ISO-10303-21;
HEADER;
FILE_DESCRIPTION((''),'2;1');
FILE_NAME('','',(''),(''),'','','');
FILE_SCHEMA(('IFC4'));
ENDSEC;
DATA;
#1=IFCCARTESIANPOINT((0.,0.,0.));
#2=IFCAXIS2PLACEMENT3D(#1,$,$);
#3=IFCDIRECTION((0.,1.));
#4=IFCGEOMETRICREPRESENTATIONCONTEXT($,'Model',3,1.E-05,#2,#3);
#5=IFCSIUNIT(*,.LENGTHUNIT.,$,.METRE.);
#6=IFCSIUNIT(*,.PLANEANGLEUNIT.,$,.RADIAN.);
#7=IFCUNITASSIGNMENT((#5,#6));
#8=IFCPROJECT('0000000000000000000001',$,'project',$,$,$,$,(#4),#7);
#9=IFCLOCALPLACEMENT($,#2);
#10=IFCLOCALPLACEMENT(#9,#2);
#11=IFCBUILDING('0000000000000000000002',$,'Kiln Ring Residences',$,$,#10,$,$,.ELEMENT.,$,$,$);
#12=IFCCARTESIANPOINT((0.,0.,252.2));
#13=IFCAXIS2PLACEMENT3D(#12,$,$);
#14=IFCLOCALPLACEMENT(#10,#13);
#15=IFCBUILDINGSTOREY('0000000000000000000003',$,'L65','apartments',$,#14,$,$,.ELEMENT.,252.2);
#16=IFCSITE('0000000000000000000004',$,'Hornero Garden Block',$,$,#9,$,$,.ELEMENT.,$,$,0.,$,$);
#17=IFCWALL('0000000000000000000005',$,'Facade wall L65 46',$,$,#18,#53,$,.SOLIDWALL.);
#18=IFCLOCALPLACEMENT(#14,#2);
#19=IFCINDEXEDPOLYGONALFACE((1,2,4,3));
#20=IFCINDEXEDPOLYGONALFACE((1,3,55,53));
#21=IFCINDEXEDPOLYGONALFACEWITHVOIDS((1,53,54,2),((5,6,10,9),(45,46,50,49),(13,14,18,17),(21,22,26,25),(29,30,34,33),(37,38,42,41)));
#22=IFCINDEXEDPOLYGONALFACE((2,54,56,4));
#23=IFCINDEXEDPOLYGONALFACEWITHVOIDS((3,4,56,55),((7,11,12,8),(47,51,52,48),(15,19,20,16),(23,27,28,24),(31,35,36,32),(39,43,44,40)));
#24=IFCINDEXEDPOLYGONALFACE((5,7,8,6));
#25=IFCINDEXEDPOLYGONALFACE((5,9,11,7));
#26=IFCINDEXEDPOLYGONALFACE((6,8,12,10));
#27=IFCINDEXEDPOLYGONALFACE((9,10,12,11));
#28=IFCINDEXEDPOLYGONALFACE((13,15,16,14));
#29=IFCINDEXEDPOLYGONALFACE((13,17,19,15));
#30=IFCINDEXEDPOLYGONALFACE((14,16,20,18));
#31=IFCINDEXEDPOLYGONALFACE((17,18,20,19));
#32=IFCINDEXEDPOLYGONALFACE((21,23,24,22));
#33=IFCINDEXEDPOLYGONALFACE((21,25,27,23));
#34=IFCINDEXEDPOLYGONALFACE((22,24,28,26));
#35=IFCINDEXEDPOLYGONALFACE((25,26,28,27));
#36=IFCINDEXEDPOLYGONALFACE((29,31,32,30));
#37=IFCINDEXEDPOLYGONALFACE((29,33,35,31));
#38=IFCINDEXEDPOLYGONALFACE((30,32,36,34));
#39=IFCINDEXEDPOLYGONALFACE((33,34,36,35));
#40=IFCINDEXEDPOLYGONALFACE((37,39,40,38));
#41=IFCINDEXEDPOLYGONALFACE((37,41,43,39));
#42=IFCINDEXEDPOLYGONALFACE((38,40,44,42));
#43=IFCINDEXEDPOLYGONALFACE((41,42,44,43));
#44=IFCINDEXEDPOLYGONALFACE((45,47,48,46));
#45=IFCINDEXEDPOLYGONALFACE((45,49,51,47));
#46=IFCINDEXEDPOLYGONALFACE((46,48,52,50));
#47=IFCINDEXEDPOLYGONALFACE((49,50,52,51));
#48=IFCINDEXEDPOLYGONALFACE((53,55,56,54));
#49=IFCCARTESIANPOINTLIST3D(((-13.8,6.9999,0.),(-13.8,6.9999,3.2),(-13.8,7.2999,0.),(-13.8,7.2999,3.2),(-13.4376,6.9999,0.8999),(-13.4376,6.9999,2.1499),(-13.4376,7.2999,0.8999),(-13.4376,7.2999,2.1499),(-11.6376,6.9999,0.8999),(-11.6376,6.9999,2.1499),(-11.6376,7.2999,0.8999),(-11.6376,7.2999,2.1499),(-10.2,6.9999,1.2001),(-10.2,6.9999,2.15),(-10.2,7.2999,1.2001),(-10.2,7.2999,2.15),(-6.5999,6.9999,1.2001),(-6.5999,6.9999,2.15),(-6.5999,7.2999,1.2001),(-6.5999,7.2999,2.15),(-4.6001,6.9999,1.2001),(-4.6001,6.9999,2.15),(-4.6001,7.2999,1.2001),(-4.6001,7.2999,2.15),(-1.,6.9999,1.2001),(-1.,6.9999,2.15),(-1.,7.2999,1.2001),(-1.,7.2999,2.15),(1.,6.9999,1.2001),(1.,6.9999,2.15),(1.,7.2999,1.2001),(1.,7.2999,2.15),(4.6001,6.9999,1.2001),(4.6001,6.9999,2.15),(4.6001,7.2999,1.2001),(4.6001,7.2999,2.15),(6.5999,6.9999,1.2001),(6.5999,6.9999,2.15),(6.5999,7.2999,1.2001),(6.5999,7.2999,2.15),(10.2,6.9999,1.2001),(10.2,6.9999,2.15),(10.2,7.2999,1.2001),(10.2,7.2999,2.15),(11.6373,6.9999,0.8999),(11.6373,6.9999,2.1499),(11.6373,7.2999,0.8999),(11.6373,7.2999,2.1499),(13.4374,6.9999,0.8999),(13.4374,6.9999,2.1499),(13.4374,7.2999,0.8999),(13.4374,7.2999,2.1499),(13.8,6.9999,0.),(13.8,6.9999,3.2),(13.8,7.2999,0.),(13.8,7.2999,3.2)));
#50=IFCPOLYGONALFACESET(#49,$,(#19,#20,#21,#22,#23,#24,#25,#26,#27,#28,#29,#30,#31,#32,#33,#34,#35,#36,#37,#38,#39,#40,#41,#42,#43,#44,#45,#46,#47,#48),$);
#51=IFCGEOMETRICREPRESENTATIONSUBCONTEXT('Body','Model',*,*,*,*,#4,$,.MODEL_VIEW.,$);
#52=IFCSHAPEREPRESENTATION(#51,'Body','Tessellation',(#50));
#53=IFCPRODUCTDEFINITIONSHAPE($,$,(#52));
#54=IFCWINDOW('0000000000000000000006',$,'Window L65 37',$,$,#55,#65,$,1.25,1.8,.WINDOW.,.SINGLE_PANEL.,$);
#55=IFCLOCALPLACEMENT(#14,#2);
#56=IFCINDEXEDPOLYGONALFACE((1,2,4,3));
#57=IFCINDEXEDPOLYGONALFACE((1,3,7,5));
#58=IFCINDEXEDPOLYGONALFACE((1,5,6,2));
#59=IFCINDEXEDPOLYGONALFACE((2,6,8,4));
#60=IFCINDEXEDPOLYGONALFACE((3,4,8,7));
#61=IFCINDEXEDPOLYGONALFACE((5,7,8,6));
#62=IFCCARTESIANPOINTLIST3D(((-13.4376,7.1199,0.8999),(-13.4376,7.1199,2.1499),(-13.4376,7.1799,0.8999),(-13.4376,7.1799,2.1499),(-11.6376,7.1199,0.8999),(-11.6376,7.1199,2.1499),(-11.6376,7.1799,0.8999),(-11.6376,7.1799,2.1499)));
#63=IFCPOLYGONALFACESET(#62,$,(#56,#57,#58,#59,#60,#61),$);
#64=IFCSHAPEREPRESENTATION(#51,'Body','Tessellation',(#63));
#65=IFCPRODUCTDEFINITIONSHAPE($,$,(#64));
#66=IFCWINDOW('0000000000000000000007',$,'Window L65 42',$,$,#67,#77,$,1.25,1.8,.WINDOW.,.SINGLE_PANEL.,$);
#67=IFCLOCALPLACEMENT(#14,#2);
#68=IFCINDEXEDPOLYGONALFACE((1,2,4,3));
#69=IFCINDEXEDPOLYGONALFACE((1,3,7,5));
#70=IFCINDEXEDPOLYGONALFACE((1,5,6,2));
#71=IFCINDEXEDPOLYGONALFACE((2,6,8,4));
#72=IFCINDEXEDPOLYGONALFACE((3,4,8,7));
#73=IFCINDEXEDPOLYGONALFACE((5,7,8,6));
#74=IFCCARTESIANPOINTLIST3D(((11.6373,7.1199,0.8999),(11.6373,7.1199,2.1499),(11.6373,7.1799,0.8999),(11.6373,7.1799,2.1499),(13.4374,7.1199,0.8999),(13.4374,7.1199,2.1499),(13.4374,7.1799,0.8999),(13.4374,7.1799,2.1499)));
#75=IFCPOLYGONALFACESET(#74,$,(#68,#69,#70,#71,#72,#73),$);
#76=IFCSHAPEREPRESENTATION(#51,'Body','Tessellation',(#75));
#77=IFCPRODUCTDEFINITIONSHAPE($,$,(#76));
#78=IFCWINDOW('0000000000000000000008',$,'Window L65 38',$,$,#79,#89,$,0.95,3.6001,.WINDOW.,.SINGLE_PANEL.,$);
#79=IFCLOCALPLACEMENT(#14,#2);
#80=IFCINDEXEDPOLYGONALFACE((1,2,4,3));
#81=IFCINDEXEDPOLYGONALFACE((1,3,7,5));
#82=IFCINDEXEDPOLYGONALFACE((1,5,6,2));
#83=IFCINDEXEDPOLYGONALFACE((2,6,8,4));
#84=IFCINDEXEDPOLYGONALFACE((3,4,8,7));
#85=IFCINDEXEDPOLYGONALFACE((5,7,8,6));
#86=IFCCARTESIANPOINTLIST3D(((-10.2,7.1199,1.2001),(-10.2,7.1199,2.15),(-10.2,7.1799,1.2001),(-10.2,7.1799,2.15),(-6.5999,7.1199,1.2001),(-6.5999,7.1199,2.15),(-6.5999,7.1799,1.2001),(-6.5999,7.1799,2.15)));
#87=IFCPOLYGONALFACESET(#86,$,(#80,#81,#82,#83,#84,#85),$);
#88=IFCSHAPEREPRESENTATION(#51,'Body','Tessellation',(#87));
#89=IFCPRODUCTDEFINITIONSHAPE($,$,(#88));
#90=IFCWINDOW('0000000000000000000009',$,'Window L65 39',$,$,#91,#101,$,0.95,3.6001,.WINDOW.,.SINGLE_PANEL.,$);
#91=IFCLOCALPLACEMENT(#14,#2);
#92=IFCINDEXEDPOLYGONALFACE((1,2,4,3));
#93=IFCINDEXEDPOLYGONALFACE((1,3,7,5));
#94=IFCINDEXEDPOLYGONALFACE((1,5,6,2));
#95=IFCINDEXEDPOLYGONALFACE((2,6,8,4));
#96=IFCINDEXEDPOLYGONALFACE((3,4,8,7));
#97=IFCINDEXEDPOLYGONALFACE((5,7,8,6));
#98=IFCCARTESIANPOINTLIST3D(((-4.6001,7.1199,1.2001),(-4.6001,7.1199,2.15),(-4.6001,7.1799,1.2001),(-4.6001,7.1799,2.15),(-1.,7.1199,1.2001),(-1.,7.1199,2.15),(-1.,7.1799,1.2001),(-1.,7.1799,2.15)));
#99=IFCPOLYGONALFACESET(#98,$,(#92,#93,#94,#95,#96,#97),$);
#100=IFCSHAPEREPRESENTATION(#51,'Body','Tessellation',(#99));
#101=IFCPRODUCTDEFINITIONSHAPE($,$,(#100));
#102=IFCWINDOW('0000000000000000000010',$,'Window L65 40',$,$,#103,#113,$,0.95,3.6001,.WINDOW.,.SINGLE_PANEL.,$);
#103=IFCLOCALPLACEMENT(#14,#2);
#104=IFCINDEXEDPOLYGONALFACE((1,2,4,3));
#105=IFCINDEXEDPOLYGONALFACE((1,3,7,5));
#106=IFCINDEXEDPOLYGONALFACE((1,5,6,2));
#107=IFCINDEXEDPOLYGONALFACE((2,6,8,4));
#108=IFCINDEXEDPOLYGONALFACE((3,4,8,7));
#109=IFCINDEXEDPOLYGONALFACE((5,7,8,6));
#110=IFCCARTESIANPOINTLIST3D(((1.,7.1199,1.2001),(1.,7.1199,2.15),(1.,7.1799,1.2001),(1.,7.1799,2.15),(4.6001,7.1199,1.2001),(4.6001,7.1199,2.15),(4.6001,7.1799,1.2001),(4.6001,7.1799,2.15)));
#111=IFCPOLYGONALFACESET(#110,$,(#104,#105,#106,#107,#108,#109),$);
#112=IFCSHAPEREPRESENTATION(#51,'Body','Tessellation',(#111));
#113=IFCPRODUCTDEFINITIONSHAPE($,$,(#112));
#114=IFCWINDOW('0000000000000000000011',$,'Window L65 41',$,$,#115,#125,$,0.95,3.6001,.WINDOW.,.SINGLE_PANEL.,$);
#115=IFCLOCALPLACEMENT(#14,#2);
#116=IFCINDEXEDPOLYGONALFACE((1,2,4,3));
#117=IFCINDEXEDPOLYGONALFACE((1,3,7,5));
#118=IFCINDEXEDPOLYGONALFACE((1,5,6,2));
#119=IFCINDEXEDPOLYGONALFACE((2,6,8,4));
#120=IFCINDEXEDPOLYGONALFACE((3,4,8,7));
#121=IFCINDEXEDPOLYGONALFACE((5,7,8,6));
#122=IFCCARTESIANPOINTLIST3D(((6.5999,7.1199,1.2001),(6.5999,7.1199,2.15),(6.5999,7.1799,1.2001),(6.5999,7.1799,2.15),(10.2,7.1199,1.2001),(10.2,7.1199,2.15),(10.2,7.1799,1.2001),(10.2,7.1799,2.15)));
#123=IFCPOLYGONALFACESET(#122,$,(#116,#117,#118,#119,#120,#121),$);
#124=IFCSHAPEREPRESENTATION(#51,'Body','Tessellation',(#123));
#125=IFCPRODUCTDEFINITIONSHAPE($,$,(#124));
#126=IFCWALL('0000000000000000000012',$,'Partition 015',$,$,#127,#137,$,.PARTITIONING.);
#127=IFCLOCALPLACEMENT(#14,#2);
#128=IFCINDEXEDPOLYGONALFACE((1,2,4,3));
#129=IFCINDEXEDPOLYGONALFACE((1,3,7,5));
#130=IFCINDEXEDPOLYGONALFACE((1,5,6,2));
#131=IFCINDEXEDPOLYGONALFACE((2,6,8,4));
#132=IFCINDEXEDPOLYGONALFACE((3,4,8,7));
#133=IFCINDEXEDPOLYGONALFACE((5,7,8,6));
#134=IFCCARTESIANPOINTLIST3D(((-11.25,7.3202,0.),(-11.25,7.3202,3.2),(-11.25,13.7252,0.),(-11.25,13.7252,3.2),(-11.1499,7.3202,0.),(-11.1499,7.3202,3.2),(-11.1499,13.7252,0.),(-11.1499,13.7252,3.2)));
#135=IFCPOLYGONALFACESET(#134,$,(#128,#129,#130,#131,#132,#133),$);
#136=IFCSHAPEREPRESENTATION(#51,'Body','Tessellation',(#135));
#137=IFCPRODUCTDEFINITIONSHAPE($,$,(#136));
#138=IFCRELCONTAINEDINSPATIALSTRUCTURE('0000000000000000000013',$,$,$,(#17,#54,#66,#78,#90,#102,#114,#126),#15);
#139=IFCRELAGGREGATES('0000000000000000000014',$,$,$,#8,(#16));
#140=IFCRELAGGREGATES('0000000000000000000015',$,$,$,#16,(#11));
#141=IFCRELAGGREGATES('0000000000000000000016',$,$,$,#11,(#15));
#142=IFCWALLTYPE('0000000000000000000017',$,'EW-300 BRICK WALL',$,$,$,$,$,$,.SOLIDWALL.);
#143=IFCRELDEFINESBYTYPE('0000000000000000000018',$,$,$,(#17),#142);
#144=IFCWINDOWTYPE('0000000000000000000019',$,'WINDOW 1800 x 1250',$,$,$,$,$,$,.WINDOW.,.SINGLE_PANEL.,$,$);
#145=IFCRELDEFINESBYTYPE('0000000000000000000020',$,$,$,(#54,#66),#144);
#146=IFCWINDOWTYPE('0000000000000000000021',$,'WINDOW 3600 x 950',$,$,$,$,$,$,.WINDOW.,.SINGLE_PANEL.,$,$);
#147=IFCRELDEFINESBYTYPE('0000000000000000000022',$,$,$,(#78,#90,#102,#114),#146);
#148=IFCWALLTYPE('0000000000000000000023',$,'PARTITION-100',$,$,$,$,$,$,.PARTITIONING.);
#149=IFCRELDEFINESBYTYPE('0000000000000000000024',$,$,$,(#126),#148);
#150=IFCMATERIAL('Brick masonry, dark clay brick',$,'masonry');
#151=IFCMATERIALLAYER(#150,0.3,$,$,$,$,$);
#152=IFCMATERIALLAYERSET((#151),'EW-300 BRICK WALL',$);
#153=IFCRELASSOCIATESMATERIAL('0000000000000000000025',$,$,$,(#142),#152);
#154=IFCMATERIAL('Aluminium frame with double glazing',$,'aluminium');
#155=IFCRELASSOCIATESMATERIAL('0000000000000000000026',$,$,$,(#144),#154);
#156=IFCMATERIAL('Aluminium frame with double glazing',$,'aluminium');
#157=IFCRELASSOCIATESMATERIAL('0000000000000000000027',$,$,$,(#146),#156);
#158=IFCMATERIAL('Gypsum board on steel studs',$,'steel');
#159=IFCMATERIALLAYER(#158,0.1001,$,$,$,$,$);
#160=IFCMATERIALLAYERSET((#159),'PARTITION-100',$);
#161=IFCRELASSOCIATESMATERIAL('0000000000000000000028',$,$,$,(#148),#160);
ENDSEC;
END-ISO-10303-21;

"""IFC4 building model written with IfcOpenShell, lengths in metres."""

from ifc_helpers import new_model, si_unit, direction, frame, frame_2d, origin, place, context, subcontext, project, spatial, rectangle, extrude, material, layer, layer_set, type_object, element, fill, save


model = new_model("IFC4")

# Units and contexts
model_context = context("Model", 3, precision=1e-05, world=origin(), true_north=direction((0.0, 1.0)))
body_context = subcontext(model_context, "Body", "Model", "MODEL_VIEW")
ifc_project = project(units=[si_unit("LENGTHUNIT", "METRE"), si_unit("PLANEANGLEUNIT", "RADIAN")], contexts=[model_context])

# Site, building, storey
site_placement = place(None, origin())
site = spatial("IfcSite", under=ifc_project, at=site_placement, Name="Hornero Garden Block", CompositionType="ELEMENT", RefElevation=0.0)
building_placement = place(site_placement, origin())
building = spatial("IfcBuilding", under=site, at=building_placement, Name="Kiln Ring Residences", CompositionType="ELEMENT")
storey_placement = place(building_placement, frame((0.0, 0.0, 252.2)))
storey = spatial("IfcBuildingStorey", under=building, at=storey_placement, Name="L65", Description="apartments", CompositionType="ELEMENT", Elevation=252.2)

# Wall, openings, windows
ifc_material_1 = material(Name="Brick masonry, dark clay brick", Category="masonry")
ifc_layer_1 = layer(ifc_material_1, 0.3)
ifc_layer_set_1 = layer_set([ifc_layer_1], Name="EW-300 BRICK WALL")
wall_type_1 = type_object("IfcWallType", Name="EW-300 BRICK WALL", PredefinedType="SOLIDWALL", material=ifc_layer_set_1)
wall_1_placement = place(storey_placement, frame((-13.8, 7.1499, 0.0), z_axis=(0.0, 0.0, 1.0), x_axis=(1.0, 0.0, 0.0)))
wall_1 = element("IfcWall", 1, at=wall_1_placement, inside=storey, type_object=wall_type_1, Name="Facade wall L65 46", PredefinedType="SOLIDWALL", context=body_context, shape_type="SweptSolid", body=[
    extrude(rectangle(XDim=27.6001, YDim=0.3, at=frame_2d((13.8, 0.0))), origin(), (0.0, 0.0, 1.0), 3.2),
])
opening_1_placement = place(wall_1_placement, frame((0.3625, 0.0, 0.8999)))
opening_1 = element("IfcOpeningElement", 2, at=opening_1_placement, cuts=wall_1, PredefinedType="OPENING", context=body_context, shape_type="SweptSolid", body=[
    extrude(rectangle(XDim=1.8, YDim=1.25, at=frame_2d((0.8999, 0.625))), frame((0.0, 0.1599, 0.0), z_axis=(0.0, -1.0, 0.0), x_axis=(1.0, 0.0, 0.0)), (0.0, 0.0, 1.0), 0.3201),
])
opening_2_placement = place(wall_1_placement, frame((3.6001, 0.0, 1.2)))
opening_2 = element("IfcOpeningElement", 3, at=opening_2_placement, cuts=wall_1, PredefinedType="OPENING", context=body_context, shape_type="SweptSolid", body=[
    extrude(rectangle(XDim=3.6001, YDim=0.95, at=frame_2d((1.8, 0.4751))), frame((0.0, 0.1599, 0.0), z_axis=(0.0, -1.0, 0.0), x_axis=(1.0, 0.0, 0.0)), (0.0, 0.0, 1.0), 0.3201),
])
opening_3_placement = place(wall_1_placement, frame((9.2, 0.0, 1.2)))
opening_3 = element("IfcOpeningElement", 4, at=opening_3_placement, cuts=wall_1, PredefinedType="OPENING", context=body_context, shape_type="SweptSolid", body=[
    extrude(rectangle(XDim=3.6001, YDim=0.95, at=frame_2d((1.8, 0.4751))), frame((0.0, 0.1599, 0.0), z_axis=(0.0, -1.0, 0.0), x_axis=(1.0, 0.0, 0.0)), (0.0, 0.0, 1.0), 0.3201),
])
opening_4_placement = place(wall_1_placement, frame((14.8, 0.0, 1.2)))
opening_4 = element("IfcOpeningElement", 5, at=opening_4_placement, cuts=wall_1, PredefinedType="OPENING", context=body_context, shape_type="SweptSolid", body=[
    extrude(rectangle(XDim=3.6001, YDim=0.95, at=frame_2d((1.8, 0.4751))), frame((0.0, 0.1599, 0.0), z_axis=(0.0, -1.0, 0.0), x_axis=(1.0, 0.0, 0.0)), (0.0, 0.0, 1.0), 0.3201),
])
opening_5_placement = place(wall_1_placement, frame((20.3999, 0.0, 1.2)))
opening_5 = element("IfcOpeningElement", 6, at=opening_5_placement, cuts=wall_1, PredefinedType="OPENING", context=body_context, shape_type="SweptSolid", body=[
    extrude(rectangle(XDim=3.6001, YDim=0.95, at=frame_2d((1.8, 0.4751))), frame((0.0, 0.1599, 0.0), z_axis=(0.0, -1.0, 0.0), x_axis=(1.0, 0.0, 0.0)), (0.0, 0.0, 1.0), 0.3201),
])
opening_6_placement = place(wall_1_placement, frame((25.4375, 0.0, 0.8999)))
opening_6 = element("IfcOpeningElement", 7, at=opening_6_placement, cuts=wall_1, PredefinedType="OPENING", context=body_context, shape_type="SweptSolid", body=[
    extrude(rectangle(XDim=1.8, YDim=1.25, at=frame_2d((0.8999, 0.625))), frame((0.0, 0.1599, 0.0), z_axis=(0.0, -1.0, 0.0), x_axis=(1.0, 0.0, 0.0)), (0.0, 0.0, 1.0), 0.3201),
])
ifc_material_2 = material(Name="Aluminium frame with double glazing", Category="aluminium")
window_type_1 = type_object("IfcWindowType", Name="WINDOW 1800 x 1250", PartitioningType="SINGLE_PANEL", PredefinedType="WINDOW", material=ifc_material_2)
window_1_placement = place(opening_1_placement, origin())
window_1 = element("IfcWindow", 8, at=window_1_placement, inside=storey, type_object=window_type_1, Name="Window L65 37", OverallHeight=1.25, OverallWidth=1.8, PartitioningType="SINGLE_PANEL", PredefinedType="WINDOW", context=body_context, shape_type="SweptSolid", body=[
    extrude(rectangle(XDim=1.8, YDim=1.25, at=frame_2d((0.8999, 0.625))), frame((0.0, 0.03, 0.0), z_axis=(0.0, -1.0, 0.0), x_axis=(1.0, 0.0, 0.0)), (0.0, 0.0, 1.0), 0.0601),
])
fill(opening_1, window_1)
window_2_placement = place(opening_6_placement, origin())
window_2 = element("IfcWindow", 9, at=window_2_placement, inside=storey, type_object=window_type_1, Name="Window L65 42", OverallHeight=1.25, OverallWidth=1.8, PartitioningType="SINGLE_PANEL", PredefinedType="WINDOW", context=body_context, shape_type="SweptSolid", body=[
    extrude(rectangle(XDim=1.8, YDim=1.25, at=frame_2d((0.8999, 0.625))), frame((0.0, 0.03, 0.0), z_axis=(0.0, -1.0, 0.0), x_axis=(1.0, 0.0, 0.0)), (0.0, 0.0, 1.0), 0.0601),
])
fill(opening_6, window_2)
ifc_material_3 = material(Name="Aluminium frame with double glazing", Category="aluminium")
window_type_2 = type_object("IfcWindowType", Name="WINDOW 3600 x 950", PartitioningType="SINGLE_PANEL", PredefinedType="WINDOW", material=ifc_material_3)
window_3_placement = place(opening_2_placement, origin())
window_3 = element("IfcWindow", 10, at=window_3_placement, inside=storey, type_object=window_type_2, Name="Window L65 38", OverallHeight=0.95, OverallWidth=3.6001, PartitioningType="SINGLE_PANEL", PredefinedType="WINDOW", context=body_context, shape_type="SweptSolid", body=[
    extrude(rectangle(XDim=3.6001, YDim=0.95, at=frame_2d((1.8, 0.4751))), frame((0.0, 0.03, 0.0), z_axis=(0.0, -1.0, 0.0), x_axis=(1.0, 0.0, 0.0)), (0.0, 0.0, 1.0), 0.0601),
])
fill(opening_2, window_3)
window_4_placement = place(opening_3_placement, origin())
window_4 = element("IfcWindow", 11, at=window_4_placement, inside=storey, type_object=window_type_2, Name="Window L65 39", OverallHeight=0.95, OverallWidth=3.6001, PartitioningType="SINGLE_PANEL", PredefinedType="WINDOW", context=body_context, shape_type="SweptSolid", body=[
    extrude(rectangle(XDim=3.6001, YDim=0.95, at=frame_2d((1.8, 0.4751))), frame((0.0, 0.03, 0.0), z_axis=(0.0, -1.0, 0.0), x_axis=(1.0, 0.0, 0.0)), (0.0, 0.0, 1.0), 0.0601),
])
fill(opening_3, window_4)
window_5_placement = place(opening_4_placement, origin())
window_5 = element("IfcWindow", 12, at=window_5_placement, inside=storey, type_object=window_type_2, Name="Window L65 40", OverallHeight=0.95, OverallWidth=3.6001, PartitioningType="SINGLE_PANEL", PredefinedType="WINDOW", context=body_context, shape_type="SweptSolid", body=[
    extrude(rectangle(XDim=3.6001, YDim=0.95, at=frame_2d((1.8, 0.4751))), frame((0.0, 0.03, 0.0), z_axis=(0.0, -1.0, 0.0), x_axis=(1.0, 0.0, 0.0)), (0.0, 0.0, 1.0), 0.0601),
])
fill(opening_4, window_5)
window_6_placement = place(opening_5_placement, origin())
window_6 = element("IfcWindow", 13, at=window_6_placement, inside=storey, type_object=window_type_2, Name="Window L65 41", OverallHeight=0.95, OverallWidth=3.6001, PartitioningType="SINGLE_PANEL", PredefinedType="WINDOW", context=body_context, shape_type="SweptSolid", body=[
    extrude(rectangle(XDim=3.6001, YDim=0.95, at=frame_2d((1.8, 0.4751))), frame((0.0, 0.03, 0.0), z_axis=(0.0, -1.0, 0.0), x_axis=(1.0, 0.0, 0.0)), (0.0, 0.0, 1.0), 0.0601),
])
fill(opening_5, window_6)

# Wall
ifc_material_4 = material(Name="Gypsum board on steel studs", Category="steel")
ifc_layer_2 = layer(ifc_material_4, 0.1001)
ifc_layer_set_2 = layer_set([ifc_layer_2], Name="PARTITION-100")
wall_type_2 = type_object("IfcWallType", Name="PARTITION-100", PredefinedType="PARTITIONING", material=ifc_layer_set_2)
wall_2_placement = place(storey_placement, frame((-11.2, 7.3201, 0.0), z_axis=(0.0, 0.0, 1.0), x_axis=(0.0, 1.0, 0.0)))
element("IfcWall", 14, at=wall_2_placement, inside=storey, type_object=wall_type_2, Name="Partition 015", PredefinedType="PARTITIONING", context=body_context, shape_type="SweptSolid", body=[
    extrude(rectangle(XDim=6.405, YDim=0.1001, at=frame_2d((3.2026, 0.0))), origin(), (0.0, 0.0, 1.0), 3.2),
])

save(model, "model.ifc")
